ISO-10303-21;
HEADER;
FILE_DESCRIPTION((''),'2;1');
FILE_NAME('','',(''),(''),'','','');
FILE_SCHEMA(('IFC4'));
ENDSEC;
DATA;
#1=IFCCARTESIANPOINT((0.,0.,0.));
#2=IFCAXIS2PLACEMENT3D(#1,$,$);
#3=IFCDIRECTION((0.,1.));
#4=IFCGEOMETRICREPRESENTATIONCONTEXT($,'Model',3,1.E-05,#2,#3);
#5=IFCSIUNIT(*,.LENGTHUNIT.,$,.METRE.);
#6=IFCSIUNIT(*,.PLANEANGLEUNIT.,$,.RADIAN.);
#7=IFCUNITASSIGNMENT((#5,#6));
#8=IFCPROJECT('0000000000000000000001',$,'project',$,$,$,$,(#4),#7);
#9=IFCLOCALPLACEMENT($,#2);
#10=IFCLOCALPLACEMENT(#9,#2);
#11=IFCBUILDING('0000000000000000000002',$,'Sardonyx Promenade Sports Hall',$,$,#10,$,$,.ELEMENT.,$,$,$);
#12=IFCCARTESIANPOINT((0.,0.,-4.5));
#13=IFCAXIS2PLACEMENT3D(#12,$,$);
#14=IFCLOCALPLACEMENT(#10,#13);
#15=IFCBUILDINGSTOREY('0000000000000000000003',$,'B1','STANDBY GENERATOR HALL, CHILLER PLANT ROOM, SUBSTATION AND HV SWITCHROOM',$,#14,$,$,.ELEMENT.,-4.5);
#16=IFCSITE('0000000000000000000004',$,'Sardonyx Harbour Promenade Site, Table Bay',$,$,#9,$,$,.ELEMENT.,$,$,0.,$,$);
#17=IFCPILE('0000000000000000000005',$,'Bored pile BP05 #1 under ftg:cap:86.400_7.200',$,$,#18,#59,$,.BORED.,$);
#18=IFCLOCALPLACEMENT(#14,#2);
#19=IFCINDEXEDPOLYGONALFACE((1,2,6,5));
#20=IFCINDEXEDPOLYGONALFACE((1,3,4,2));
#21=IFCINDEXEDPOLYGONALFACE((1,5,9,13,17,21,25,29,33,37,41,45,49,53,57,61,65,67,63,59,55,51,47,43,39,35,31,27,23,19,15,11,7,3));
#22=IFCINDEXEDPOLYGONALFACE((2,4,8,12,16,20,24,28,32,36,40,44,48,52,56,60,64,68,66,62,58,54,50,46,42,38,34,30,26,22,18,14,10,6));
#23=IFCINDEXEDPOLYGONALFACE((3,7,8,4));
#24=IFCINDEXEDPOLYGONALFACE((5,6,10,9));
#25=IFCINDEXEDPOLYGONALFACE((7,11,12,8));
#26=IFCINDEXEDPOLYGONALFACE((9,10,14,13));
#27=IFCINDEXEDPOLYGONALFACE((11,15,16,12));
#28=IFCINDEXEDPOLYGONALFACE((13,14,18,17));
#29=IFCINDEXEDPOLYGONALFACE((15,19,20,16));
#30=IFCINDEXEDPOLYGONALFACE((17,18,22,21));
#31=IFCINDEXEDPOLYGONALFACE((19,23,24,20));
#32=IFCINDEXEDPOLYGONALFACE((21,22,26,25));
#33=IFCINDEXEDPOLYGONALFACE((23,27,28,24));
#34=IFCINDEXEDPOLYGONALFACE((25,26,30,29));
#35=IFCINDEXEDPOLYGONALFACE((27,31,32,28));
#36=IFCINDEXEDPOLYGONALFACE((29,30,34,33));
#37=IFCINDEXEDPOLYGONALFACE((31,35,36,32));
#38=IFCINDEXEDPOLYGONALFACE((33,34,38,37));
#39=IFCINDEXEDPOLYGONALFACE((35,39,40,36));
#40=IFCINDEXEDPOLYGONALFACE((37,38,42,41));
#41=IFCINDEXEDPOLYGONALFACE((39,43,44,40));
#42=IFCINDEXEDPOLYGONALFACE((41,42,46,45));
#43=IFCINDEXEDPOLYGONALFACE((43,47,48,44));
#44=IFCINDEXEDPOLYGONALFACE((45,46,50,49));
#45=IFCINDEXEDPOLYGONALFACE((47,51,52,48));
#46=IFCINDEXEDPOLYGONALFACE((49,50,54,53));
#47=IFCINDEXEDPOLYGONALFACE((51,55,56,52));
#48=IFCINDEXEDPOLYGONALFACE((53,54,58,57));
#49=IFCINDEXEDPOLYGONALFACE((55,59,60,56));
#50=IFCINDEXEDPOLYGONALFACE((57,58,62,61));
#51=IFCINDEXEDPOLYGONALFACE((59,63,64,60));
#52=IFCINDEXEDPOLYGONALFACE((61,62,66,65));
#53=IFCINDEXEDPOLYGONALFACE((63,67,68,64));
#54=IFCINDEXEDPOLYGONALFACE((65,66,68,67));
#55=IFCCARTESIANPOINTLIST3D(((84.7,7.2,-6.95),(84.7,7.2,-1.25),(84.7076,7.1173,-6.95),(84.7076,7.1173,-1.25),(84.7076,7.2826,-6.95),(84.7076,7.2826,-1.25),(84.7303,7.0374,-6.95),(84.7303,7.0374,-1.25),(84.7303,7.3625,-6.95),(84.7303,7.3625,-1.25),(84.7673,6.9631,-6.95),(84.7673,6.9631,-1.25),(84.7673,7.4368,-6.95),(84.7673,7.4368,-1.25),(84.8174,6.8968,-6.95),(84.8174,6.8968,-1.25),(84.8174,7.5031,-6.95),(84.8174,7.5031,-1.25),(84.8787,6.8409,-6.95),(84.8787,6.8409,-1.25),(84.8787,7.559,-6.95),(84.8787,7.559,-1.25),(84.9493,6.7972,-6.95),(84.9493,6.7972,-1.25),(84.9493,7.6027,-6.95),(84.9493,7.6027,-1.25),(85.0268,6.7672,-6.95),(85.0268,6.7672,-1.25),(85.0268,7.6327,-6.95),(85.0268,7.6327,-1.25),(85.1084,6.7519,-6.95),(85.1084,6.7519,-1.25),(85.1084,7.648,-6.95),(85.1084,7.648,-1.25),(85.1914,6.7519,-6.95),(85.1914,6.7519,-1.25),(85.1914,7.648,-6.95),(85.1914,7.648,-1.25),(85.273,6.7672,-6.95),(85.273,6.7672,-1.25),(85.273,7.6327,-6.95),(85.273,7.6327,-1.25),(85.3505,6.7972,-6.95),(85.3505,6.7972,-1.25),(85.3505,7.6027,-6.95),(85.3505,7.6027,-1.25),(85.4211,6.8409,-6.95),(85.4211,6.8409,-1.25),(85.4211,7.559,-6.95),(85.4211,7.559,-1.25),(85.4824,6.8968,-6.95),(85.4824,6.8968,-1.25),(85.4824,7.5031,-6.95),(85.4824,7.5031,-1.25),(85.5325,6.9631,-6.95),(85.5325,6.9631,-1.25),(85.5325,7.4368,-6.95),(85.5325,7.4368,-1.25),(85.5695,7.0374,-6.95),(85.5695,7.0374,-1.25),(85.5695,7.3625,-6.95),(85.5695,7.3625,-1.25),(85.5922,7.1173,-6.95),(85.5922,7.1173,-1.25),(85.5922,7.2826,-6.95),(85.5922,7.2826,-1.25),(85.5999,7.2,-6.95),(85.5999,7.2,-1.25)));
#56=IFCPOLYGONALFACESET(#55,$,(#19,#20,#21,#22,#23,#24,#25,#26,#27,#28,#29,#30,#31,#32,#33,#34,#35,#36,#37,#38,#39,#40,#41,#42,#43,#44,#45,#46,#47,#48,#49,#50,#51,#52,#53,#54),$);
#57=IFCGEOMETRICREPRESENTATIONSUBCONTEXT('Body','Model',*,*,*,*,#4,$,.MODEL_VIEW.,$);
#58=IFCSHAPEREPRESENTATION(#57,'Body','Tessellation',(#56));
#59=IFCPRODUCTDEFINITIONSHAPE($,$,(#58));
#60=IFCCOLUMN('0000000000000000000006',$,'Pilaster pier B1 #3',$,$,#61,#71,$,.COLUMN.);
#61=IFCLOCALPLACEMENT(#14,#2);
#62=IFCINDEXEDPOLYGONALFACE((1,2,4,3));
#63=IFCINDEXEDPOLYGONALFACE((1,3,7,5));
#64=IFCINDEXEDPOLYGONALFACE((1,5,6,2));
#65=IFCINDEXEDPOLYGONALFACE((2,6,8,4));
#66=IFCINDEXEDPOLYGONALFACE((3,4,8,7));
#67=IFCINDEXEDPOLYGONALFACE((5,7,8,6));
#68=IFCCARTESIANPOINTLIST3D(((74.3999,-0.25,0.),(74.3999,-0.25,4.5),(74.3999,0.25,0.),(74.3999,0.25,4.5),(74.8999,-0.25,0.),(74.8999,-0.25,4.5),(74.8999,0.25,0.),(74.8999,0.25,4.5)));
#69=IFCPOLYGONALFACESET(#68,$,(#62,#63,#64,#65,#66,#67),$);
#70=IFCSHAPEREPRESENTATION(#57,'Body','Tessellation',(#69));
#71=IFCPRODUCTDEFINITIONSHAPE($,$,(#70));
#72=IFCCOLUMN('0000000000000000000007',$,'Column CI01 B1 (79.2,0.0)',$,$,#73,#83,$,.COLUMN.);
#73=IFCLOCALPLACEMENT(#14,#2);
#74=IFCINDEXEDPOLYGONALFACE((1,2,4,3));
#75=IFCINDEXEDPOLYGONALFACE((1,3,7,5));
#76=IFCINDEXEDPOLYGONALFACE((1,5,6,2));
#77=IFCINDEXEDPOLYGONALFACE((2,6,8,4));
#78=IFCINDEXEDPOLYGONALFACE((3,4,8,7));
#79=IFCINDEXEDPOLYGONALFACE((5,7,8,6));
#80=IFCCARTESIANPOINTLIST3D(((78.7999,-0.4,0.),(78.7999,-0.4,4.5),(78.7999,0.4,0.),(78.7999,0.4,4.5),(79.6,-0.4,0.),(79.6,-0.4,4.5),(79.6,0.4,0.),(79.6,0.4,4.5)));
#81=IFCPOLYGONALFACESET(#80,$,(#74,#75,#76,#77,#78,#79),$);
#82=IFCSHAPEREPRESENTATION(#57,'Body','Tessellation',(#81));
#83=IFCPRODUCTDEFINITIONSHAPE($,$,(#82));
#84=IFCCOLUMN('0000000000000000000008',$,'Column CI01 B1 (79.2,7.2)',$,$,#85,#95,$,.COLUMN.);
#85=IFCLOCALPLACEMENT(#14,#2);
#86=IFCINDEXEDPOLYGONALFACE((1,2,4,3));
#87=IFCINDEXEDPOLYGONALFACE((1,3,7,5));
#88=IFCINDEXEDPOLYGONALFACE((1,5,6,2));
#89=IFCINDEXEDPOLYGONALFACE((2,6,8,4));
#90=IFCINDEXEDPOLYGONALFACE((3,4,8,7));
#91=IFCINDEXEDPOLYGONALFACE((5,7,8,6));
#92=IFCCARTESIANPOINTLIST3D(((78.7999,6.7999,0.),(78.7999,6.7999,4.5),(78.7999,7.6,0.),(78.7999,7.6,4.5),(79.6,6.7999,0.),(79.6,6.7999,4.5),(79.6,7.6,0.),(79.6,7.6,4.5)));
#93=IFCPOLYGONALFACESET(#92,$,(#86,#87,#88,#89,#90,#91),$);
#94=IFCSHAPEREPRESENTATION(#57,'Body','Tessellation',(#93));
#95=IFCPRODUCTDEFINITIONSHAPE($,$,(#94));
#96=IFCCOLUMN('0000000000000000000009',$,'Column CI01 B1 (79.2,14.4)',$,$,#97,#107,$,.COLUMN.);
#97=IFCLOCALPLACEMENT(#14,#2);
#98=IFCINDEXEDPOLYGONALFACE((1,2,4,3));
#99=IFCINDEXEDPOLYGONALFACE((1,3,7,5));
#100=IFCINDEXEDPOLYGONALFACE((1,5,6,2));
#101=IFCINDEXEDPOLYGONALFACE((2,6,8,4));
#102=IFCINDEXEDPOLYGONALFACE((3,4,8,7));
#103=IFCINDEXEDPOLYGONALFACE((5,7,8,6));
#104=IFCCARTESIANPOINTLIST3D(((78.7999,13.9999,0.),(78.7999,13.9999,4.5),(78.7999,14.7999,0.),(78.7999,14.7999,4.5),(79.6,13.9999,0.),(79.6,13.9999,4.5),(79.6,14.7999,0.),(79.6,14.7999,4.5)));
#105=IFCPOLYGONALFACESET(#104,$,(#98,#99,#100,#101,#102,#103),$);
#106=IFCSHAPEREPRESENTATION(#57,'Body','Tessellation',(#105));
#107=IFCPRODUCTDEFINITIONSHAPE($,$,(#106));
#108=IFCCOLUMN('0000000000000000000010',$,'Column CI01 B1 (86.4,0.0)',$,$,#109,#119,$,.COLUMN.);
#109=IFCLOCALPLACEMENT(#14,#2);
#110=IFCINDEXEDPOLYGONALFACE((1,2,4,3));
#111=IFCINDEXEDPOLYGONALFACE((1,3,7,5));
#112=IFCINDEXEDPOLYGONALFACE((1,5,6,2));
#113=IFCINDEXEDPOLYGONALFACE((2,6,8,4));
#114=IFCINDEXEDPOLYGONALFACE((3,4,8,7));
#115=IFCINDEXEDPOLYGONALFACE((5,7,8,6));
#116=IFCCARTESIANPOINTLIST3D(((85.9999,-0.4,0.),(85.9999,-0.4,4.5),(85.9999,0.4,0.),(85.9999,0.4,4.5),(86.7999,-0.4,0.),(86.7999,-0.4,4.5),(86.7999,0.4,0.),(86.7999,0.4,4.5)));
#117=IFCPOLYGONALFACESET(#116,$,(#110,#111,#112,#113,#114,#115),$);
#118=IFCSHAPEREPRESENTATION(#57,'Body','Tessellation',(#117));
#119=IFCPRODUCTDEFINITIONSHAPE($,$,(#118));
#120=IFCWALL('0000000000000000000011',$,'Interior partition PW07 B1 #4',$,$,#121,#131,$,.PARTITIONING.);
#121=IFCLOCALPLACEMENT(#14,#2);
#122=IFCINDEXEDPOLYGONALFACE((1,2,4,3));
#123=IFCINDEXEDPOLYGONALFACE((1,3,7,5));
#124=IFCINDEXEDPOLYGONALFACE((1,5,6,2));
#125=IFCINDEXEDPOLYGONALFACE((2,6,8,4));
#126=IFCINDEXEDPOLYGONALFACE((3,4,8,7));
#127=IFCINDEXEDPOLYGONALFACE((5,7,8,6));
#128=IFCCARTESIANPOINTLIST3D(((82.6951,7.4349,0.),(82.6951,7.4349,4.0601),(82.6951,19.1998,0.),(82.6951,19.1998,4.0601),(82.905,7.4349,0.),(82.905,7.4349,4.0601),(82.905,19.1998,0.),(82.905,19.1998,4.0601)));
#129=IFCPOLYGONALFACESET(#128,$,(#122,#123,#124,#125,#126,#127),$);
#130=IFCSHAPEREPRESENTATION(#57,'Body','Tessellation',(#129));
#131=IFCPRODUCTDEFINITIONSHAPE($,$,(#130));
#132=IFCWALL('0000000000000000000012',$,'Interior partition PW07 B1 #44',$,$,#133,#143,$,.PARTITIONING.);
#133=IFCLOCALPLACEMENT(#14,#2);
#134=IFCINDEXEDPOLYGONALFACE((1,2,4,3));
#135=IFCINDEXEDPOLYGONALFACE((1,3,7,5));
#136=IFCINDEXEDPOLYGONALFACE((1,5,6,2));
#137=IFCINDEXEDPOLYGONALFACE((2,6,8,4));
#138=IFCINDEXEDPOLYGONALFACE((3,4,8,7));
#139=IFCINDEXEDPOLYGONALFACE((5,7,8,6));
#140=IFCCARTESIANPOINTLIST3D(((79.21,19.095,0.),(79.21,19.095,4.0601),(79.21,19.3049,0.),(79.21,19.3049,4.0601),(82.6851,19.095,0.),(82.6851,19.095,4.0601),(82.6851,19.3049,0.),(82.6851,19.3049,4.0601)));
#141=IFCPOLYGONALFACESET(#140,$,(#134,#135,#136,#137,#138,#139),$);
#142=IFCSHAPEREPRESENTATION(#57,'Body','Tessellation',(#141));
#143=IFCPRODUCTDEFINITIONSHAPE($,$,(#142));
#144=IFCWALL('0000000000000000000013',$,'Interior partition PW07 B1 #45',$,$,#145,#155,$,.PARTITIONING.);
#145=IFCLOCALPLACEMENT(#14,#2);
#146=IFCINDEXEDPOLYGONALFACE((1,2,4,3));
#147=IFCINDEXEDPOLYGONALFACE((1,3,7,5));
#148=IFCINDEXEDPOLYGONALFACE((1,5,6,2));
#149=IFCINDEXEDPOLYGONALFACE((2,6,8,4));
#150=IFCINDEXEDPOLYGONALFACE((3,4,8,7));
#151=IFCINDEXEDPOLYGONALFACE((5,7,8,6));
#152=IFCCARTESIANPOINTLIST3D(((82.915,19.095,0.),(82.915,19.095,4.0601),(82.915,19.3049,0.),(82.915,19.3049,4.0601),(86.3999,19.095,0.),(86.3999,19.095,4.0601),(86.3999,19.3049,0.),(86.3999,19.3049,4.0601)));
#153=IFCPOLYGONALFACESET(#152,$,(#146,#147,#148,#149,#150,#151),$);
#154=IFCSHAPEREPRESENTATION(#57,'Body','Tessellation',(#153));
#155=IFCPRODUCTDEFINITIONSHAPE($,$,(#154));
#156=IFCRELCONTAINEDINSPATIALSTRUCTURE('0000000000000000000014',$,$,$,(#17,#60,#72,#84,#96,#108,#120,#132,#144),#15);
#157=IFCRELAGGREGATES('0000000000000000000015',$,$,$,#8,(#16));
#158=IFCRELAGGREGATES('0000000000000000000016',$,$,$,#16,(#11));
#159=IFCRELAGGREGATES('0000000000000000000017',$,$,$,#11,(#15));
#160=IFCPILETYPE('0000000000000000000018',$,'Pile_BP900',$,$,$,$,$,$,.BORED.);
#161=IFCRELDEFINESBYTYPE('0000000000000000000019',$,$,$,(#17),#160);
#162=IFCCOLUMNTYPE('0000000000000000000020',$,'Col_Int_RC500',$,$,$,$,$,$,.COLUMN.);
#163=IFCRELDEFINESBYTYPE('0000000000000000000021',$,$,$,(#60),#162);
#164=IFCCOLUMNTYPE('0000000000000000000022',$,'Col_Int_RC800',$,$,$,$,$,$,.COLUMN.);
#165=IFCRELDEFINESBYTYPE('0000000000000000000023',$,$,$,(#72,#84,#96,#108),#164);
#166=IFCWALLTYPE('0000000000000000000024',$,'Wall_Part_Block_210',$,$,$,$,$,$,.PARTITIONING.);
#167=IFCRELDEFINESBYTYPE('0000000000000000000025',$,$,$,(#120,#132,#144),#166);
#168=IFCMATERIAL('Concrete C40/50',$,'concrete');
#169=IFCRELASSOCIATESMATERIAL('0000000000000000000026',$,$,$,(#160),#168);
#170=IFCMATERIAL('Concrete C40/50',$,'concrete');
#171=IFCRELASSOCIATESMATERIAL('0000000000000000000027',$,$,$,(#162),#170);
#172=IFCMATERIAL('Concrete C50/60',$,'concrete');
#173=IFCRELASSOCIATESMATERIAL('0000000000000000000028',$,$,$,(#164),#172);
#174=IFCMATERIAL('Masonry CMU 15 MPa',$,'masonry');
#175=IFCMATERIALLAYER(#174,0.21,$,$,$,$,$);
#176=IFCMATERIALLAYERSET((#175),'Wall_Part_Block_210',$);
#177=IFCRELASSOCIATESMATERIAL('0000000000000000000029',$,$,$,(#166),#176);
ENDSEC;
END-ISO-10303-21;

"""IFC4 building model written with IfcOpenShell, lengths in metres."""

from ifc_helpers import new_model, si_unit, direction, frame, frame_2d, origin, origin_2d, place, context, subcontext, project, spatial, rectangle, circle, extrude, material, layer, layer_set, material_profile, profile_set, type_object, element, save


model = new_model("IFC4")

# Units and contexts
model_context = context("Model", 3, precision=1e-05, world=origin(), true_north=direction((0.0, 1.0)))
body_context = subcontext(model_context, "Body", "Model", "MODEL_VIEW")
ifc_project = project(units=[si_unit("LENGTHUNIT", "METRE"), si_unit("PLANEANGLEUNIT", "RADIAN")], contexts=[model_context])

# Site, building, storey
site_placement = place(None, origin())
site = spatial("IfcSite", under=ifc_project, at=site_placement, Name="Sardonyx Harbour Promenade Site, Table Bay", CompositionType="ELEMENT", RefElevation=0.0)
building_placement = place(site_placement, origin())
building = spatial("IfcBuilding", under=site, at=building_placement, Name="Sardonyx Promenade Sports Hall", CompositionType="ELEMENT")
storey_placement = place(building_placement, frame((0.0, 0.0, -4.5)))
storey = spatial("IfcBuildingStorey", under=building, at=storey_placement, Name="B1", Description="STANDBY GENERATOR HALL, CHILLER PLANT ROOM, SUBSTATION AND HV SWITCHROOM", CompositionType="ELEMENT", Elevation=-4.5)

# Pile
ifc_material_1 = material(Name="Concrete C40/50", Category="concrete")
ifc_material_profile_1 = material_profile(ifc_material_1, circle(Radius=0.45, at=origin_2d()))
ifc_profile_set_1 = profile_set([ifc_material_profile_1], Name="Concrete C40/50")
pile_type_1 = type_object("IfcPileType", Name="Pile_BP900", PredefinedType="BORED", material=ifc_profile_set_1)
for number, where, z_axis, x_axis, name in (
    (1, (85.1499, 7.2, -1.25), (0.0, 0.0, -1.0), (1.0, 0.0, 0.0), "Bored pile BP05 #1 under ftg:cap:86.400_7.200"),
):
    element("IfcPile", number, at=place(storey_placement, frame(where, z_axis=z_axis, x_axis=x_axis)), inside=storey, type_object=pile_type_1, Name=name, PredefinedType="BORED", context=body_context, shape_type="SweptSolid", body=[
        extrude(circle(Radius=0.45, at=origin_2d()), origin(), (0.0, 0.0, 1.0), 5.7),
    ])

# Columns
ifc_material_2 = material(Name="Concrete C40/50", Category="concrete")
ifc_material_profile_2 = material_profile(ifc_material_2, rectangle(XDim=0.5, YDim=0.5, at=origin_2d()))
ifc_profile_set_2 = profile_set([ifc_material_profile_2], Name="Concrete C40/50")
column_type_1 = type_object("IfcColumnType", Name="Col_Int_RC500", PredefinedType="COLUMN", material=ifc_profile_set_2)
column_placement = place(storey_placement, frame((74.6499, 0.0, 0.0), z_axis=(0.0, 0.0, 1.0), x_axis=(1.0, 0.0, 0.0)))
element("IfcColumn", 2, at=column_placement, inside=storey, type_object=column_type_1, Name="Pilaster pier B1 #3", PredefinedType="COLUMN", context=body_context, shape_type="SweptSolid", body=[
    extrude(rectangle(XDim=0.5, YDim=0.5, at=origin_2d()), origin(), (0.0, 0.0, 1.0), 4.5),
])
ifc_material_3 = material(Name="Concrete C50/60", Category="concrete")
ifc_material_profile_3 = material_profile(ifc_material_3, rectangle(XDim=0.8, YDim=0.8, at=origin_2d()))
ifc_profile_set_3 = profile_set([ifc_material_profile_3], Name="Concrete C50/60")
column_type_2 = type_object("IfcColumnType", Name="Col_Int_RC800", PredefinedType="COLUMN", material=ifc_profile_set_3)
for number, where, z_axis, x_axis, name in (
    (3, (79.2, 0.0, 0.0), (0.0, 0.0, 1.0), (1.0, 0.0, 0.0), "Column CI01 B1 (79.2,0.0)"),
    (4, (79.2, 7.2, 0.0), (0.0, 0.0, 1.0), (1.0, 0.0, 0.0), "Column CI01 B1 (79.2,7.2)"),
    (5, (79.2, 14.3999, 0.0), (0.0, 0.0, 1.0), (1.0, 0.0, 0.0), "Column CI01 B1 (79.2,14.4)"),
    (6, (86.3999, 0.0, 0.0), (0.0, 0.0, 1.0), (1.0, 0.0, 0.0), "Column CI01 B1 (86.4,0.0)"),
):
    element("IfcColumn", number, at=place(storey_placement, frame(where, z_axis=z_axis, x_axis=x_axis)), inside=storey, type_object=column_type_2, Name=name, PredefinedType="COLUMN", context=body_context, shape_type="SweptSolid", body=[
        extrude(rectangle(XDim=0.8, YDim=0.8, at=origin_2d()), origin(), (0.0, 0.0, 1.0), 4.5),
    ])

# Wall
ifc_material_4 = material(Name="Masonry CMU 15 MPa", Category="masonry")
ifc_layer = layer(ifc_material_4, 0.21)
ifc_layer_set = layer_set([ifc_layer], Name="Wall_Part_Block_210")
wall_type = type_object("IfcWallType", Name="Wall_Part_Block_210", PredefinedType="PARTITIONING", material=ifc_layer_set)
wall_1_placement = place(storey_placement, frame((82.8, 7.4351, 0.0), z_axis=(0.0, 0.0, 1.0), x_axis=(0.0, 1.0, 0.0)))
element("IfcWall", 7, at=wall_1_placement, inside=storey, type_object=wall_type, Name="Interior partition PW07 B1 #4", PredefinedType="PARTITIONING", context=body_context, shape_type="SweptSolid", body=[
    extrude(rectangle(XDim=11.7649, YDim=0.21, at=frame_2d((5.8823, 0.0))), origin(), (0.0, 0.0, 1.0), 4.0601),
])

# Walls
wall_2_placement = place(storey_placement, frame((79.21, 19.2, 0.0), z_axis=(0.0, 0.0, 1.0), x_axis=(1.0, 0.0, 0.0)))
element("IfcWall", 8, at=wall_2_placement, inside=storey, type_object=wall_type, Name="Interior partition PW07 B1 #44", PredefinedType="PARTITIONING", context=body_context, shape_type="SweptSolid", body=[
    extrude(rectangle(XDim=3.4751, YDim=0.21, at=frame_2d((1.7375, 0.0))), origin(), (0.0, 0.0, 1.0), 4.0601),
])
wall_3_placement = place(storey_placement, frame((82.915, 19.2, 0.0), z_axis=(0.0, 0.0, 1.0), x_axis=(1.0, 0.0, 0.0)))
element("IfcWall", 9, at=wall_3_placement, inside=storey, type_object=wall_type, Name="Interior partition PW07 B1 #45", PredefinedType="PARTITIONING", context=body_context, shape_type="SweptSolid", body=[
    extrude(rectangle(XDim=3.4849, YDim=0.21, at=frame_2d((1.7424, 0.0))), origin(), (0.0, 0.0, 1.0), 4.0601),
])

save(model, "model.ifc")
